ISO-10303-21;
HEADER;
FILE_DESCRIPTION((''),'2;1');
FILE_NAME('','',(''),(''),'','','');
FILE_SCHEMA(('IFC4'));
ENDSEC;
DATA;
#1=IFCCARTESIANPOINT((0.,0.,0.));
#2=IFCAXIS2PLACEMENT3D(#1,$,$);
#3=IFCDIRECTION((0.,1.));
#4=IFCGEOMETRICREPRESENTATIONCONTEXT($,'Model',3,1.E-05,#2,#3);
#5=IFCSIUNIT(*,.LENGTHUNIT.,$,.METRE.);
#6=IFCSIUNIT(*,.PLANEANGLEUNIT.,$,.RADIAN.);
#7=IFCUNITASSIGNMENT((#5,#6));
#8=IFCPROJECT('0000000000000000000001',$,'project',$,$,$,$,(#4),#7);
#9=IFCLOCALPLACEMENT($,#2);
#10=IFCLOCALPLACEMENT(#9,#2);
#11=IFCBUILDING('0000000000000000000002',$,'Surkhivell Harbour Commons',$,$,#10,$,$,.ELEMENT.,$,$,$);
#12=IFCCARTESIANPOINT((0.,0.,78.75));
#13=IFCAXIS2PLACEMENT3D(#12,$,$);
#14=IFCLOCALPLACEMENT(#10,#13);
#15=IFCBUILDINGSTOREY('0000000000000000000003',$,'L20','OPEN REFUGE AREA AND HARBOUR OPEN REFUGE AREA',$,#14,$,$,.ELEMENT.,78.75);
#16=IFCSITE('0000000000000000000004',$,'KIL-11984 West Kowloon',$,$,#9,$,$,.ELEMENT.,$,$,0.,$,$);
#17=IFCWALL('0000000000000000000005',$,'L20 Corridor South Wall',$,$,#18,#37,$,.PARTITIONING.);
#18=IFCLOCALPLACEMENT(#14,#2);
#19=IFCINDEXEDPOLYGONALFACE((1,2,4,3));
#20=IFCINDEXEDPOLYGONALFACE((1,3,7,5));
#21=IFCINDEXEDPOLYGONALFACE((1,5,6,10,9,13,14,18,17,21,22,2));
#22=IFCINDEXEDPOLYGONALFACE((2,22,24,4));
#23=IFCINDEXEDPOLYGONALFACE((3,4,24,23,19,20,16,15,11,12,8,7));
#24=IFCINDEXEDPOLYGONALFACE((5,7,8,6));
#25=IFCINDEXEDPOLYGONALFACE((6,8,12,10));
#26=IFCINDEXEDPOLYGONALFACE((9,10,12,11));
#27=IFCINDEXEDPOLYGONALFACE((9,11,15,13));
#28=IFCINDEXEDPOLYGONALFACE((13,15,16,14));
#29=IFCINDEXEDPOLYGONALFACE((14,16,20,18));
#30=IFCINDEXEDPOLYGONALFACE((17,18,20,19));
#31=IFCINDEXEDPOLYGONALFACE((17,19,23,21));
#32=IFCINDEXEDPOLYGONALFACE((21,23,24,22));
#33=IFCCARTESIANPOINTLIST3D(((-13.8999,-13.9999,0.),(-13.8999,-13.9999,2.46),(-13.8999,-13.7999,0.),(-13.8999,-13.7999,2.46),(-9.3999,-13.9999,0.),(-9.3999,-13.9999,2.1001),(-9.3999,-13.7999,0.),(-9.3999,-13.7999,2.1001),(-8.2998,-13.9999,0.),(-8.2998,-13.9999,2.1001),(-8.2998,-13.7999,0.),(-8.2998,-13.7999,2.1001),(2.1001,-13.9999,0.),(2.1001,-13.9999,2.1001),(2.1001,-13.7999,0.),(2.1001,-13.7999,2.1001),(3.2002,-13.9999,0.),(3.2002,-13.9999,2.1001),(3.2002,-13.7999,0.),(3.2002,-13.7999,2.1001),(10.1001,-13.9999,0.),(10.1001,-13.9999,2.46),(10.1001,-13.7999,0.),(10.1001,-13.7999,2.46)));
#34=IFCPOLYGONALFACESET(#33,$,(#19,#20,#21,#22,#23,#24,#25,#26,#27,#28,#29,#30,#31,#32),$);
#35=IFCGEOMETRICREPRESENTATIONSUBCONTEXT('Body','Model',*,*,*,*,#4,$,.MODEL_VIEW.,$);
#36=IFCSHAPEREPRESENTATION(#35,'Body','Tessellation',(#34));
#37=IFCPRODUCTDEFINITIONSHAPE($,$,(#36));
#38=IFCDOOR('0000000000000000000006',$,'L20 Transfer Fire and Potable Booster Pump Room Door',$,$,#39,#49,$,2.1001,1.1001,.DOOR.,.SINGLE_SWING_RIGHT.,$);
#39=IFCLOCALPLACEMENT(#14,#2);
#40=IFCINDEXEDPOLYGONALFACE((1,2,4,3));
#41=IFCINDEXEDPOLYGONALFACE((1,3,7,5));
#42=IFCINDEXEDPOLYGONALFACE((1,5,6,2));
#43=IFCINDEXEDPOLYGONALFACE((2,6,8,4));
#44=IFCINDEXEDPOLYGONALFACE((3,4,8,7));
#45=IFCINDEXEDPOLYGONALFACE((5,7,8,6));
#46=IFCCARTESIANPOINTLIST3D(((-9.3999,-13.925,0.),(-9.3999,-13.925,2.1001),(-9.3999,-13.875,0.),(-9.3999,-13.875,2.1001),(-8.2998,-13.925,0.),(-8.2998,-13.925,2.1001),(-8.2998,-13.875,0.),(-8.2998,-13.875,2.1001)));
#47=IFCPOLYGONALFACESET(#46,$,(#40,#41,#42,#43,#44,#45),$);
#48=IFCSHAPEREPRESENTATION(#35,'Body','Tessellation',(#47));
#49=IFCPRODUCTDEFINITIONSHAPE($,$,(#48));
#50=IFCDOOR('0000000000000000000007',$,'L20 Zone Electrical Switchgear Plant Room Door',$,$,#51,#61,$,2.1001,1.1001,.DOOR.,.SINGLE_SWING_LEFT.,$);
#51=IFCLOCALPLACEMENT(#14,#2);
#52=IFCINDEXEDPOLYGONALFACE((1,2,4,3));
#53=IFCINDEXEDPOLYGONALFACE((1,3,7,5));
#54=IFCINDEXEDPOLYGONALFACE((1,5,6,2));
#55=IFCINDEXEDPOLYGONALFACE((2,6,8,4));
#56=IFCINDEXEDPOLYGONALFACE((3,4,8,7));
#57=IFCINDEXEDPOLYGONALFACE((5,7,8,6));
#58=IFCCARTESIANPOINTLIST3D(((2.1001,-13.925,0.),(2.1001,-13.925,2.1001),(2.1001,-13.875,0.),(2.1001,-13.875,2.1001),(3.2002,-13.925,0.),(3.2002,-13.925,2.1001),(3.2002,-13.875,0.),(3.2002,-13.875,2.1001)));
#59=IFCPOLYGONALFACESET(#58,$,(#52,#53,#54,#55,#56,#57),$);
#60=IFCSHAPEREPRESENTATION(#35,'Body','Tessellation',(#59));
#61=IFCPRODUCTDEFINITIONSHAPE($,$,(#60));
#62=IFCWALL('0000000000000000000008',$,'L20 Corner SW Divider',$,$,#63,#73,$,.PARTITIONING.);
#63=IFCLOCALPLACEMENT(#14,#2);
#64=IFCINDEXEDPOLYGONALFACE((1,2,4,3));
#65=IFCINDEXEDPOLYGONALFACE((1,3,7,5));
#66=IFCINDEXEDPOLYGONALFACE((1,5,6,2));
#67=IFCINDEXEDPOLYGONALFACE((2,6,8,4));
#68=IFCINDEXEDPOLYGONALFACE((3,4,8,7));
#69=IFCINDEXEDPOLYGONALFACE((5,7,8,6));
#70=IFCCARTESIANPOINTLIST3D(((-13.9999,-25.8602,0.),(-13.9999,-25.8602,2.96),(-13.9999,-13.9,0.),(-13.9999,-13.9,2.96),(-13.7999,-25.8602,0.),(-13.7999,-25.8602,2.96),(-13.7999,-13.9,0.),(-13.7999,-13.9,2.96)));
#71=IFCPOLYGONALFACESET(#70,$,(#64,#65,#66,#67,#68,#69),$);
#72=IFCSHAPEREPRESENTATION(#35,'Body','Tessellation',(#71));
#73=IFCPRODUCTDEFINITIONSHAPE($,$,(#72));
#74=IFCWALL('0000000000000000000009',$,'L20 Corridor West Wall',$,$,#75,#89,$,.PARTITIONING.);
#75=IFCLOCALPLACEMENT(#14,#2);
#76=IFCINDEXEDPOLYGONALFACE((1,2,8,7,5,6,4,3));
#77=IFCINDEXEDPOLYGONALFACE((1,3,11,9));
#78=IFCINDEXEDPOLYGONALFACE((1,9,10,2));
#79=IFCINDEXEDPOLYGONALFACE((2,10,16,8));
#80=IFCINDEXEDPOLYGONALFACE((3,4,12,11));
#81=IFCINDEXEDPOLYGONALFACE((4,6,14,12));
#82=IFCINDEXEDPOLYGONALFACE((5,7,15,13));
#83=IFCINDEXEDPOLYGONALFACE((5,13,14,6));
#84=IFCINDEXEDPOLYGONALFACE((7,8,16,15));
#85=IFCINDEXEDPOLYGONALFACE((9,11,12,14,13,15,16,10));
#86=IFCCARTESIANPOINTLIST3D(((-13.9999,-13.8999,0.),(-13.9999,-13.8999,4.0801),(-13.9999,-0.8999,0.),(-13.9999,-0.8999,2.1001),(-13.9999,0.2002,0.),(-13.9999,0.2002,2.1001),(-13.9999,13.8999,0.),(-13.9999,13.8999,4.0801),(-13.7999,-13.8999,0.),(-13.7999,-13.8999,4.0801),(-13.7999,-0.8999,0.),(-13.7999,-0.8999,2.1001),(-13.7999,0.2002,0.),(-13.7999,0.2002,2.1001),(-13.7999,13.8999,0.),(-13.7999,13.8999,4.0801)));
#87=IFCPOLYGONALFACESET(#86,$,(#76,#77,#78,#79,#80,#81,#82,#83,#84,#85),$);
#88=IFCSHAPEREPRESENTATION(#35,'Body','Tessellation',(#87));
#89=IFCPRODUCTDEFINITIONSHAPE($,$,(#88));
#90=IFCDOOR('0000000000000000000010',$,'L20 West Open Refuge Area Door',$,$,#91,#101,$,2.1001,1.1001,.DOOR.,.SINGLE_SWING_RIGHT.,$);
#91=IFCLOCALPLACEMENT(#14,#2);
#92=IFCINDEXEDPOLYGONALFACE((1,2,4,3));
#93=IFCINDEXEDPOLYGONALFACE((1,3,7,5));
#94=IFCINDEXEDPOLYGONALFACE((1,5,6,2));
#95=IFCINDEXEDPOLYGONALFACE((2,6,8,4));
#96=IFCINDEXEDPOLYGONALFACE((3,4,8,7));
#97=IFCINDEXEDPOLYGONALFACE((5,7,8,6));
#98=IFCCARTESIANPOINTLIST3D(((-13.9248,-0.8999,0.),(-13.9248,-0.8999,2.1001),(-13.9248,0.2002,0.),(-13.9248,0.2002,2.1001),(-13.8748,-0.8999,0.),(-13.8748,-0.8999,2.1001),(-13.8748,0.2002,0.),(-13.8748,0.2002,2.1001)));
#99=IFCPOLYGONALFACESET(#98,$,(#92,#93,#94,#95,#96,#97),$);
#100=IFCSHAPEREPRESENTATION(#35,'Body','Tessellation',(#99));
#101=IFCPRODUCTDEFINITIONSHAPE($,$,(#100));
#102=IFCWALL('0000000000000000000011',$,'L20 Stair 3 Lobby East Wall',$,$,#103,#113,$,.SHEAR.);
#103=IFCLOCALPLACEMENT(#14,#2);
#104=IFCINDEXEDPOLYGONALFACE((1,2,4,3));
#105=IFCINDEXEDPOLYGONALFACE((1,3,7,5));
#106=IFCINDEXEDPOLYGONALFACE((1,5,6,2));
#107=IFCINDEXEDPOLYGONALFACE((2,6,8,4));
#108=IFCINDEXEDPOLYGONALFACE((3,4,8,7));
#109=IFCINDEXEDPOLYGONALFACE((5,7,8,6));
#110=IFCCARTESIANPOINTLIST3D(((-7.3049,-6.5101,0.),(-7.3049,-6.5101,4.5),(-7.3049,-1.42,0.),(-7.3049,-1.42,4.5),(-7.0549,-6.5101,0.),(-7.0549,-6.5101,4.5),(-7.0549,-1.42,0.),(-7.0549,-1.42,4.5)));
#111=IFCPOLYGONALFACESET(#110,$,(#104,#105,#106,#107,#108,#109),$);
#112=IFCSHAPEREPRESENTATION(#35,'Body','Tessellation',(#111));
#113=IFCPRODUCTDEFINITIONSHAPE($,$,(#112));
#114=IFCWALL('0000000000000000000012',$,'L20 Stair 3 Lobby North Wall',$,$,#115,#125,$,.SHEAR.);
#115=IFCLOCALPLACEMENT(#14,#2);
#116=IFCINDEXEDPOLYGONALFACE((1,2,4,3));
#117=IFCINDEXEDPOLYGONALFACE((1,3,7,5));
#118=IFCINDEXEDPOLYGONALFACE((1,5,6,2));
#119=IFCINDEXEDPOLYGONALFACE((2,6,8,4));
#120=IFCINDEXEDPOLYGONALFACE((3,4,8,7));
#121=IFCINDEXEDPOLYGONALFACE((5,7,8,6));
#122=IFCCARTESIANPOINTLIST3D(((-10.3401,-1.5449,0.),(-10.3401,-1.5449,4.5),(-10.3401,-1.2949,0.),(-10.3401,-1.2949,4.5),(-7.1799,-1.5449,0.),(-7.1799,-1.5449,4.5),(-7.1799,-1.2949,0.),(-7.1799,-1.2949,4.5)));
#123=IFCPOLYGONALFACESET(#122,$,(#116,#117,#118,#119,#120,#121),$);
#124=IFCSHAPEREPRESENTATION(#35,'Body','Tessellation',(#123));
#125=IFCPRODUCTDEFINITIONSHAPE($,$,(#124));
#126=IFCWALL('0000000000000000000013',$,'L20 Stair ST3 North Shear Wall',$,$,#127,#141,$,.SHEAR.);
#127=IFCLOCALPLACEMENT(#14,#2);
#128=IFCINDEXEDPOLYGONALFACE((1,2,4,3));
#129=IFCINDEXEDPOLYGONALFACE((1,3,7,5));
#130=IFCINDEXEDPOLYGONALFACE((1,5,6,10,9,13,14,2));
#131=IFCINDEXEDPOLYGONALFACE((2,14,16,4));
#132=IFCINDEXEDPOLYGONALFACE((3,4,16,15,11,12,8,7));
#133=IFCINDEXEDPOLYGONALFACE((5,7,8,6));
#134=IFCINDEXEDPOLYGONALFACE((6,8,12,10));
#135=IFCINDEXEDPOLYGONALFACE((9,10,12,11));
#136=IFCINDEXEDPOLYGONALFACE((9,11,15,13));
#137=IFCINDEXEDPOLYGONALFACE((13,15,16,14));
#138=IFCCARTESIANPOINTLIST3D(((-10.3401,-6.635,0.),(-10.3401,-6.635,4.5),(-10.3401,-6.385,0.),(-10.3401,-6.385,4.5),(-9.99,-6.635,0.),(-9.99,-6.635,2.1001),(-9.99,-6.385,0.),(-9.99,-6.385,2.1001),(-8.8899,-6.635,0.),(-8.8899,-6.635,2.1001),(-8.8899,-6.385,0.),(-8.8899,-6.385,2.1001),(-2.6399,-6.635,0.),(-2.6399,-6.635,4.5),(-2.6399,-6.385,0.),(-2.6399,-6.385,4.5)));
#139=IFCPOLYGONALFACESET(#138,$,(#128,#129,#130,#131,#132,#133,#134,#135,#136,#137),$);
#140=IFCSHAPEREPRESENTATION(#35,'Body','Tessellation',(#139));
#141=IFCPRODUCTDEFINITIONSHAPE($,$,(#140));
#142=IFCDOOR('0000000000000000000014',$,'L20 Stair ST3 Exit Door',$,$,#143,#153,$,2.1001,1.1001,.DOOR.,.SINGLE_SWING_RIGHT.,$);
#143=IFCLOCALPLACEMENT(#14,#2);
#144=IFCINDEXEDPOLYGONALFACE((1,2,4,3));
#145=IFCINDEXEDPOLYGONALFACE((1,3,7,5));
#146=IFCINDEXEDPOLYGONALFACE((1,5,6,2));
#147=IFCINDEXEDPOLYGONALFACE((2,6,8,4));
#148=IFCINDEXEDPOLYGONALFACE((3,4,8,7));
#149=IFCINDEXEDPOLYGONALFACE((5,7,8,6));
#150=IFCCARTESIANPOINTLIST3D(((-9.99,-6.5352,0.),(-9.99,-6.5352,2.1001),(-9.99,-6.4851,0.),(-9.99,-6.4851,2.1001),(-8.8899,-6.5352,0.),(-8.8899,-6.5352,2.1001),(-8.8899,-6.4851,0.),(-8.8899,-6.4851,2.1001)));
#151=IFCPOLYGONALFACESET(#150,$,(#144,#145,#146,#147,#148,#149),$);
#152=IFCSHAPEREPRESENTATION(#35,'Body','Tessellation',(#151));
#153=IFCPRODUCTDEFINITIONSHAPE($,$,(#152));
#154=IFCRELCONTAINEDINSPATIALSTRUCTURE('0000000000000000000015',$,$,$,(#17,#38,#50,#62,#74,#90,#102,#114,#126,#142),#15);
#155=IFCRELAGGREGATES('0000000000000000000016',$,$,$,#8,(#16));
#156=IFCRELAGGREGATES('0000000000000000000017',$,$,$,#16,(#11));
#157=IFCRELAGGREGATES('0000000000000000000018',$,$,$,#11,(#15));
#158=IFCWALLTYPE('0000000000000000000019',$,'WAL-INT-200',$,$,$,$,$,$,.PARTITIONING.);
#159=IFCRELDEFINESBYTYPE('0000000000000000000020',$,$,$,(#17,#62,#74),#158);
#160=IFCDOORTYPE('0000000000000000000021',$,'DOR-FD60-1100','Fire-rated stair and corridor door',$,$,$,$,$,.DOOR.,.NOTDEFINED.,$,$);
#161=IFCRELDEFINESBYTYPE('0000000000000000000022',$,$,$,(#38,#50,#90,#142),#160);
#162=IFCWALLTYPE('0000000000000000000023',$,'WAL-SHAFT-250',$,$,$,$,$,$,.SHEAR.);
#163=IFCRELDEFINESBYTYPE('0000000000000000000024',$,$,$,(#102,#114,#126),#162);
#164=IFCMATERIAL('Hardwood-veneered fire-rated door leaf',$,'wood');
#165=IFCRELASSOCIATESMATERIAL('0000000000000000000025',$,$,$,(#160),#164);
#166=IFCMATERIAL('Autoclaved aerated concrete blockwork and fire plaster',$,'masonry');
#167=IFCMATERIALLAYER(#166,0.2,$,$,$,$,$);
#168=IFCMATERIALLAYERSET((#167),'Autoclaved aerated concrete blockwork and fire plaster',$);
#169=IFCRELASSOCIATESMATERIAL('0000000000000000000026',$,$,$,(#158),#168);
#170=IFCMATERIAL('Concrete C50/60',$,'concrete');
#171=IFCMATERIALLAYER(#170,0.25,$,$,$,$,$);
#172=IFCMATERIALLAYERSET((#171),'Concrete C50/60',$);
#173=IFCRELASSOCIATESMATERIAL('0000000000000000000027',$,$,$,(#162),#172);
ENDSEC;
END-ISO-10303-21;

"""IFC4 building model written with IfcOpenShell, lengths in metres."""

from ifc_helpers import new_model, si_unit, direction, frame, frame_2d, origin, place, context, subcontext, project, spatial, rectangle, extrude, material, layer, layer_set, type_object, element, fill, save


model = new_model("IFC4")

# Units and contexts
model_context = context("Model", 3, precision=1e-05, world=origin(), true_north=direction((0.0, 1.0)))
body_context = subcontext(model_context, "Body", "Model", "MODEL_VIEW")
ifc_project = project(units=[si_unit("LENGTHUNIT", "METRE"), si_unit("PLANEANGLEUNIT", "RADIAN")], contexts=[model_context])

# Site, building, storey
site_placement = place(None, origin())
site = spatial("IfcSite", under=ifc_project, at=site_placement, Name="KIL-11984 West Kowloon", CompositionType="ELEMENT", RefElevation=0.0)
building_placement = place(site_placement, origin())
building = spatial("IfcBuilding", under=site, at=building_placement, Name="Surkhivell Harbour Commons", CompositionType="ELEMENT")
storey_placement = place(building_placement, frame((0.0, 0.0, 78.75)))
storey = spatial("IfcBuildingStorey", under=building, at=storey_placement, Name="L20", Description="OPEN REFUGE AREA AND HARBOUR OPEN REFUGE AREA", CompositionType="ELEMENT", Elevation=78.75)

# Shared definitions
ifc_material_1 = material(Name="Hardwood-veneered fire-rated door leaf", Category="wood")
door_type = type_object("IfcDoorType", Name="DOR-FD60-1100", Description="Fire-rated stair and corridor door", OperationType="NOTDEFINED", PredefinedType="DOOR", material=ifc_material_1)

# Wall, openings, doors
ifc_material_2 = material(Name="Autoclaved aerated concrete blockwork and fire plaster", Category="masonry")
ifc_layer_1 = layer(ifc_material_2, 0.2)
ifc_layer_set_1 = layer_set([ifc_layer_1], Name="Autoclaved aerated concrete blockwork and fire plaster")
wall_type_1 = type_object("IfcWallType", Name="WAL-INT-200", PredefinedType="PARTITIONING", material=ifc_layer_set_1)
wall_1_placement = place(storey_placement, frame((-13.8999, -13.8999, 0.0), z_axis=(0.0, 0.0, 1.0), x_axis=(1.0, 0.0, 0.0)))
wall_1 = element("IfcWall", 1, at=wall_1_placement, inside=storey, type_object=wall_type_1, Name="L20 Corridor South Wall", PredefinedType="PARTITIONING", context=body_context, shape_type="SweptSolid", body=[
    extrude(rectangle(XDim=24.0, YDim=0.2, at=frame_2d((12.0, 0.0))), origin(), (0.0, 0.0, 1.0), 2.46),
])
opening_1_placement = place(wall_1_placement, frame((4.5, 0.0, 0.0)))
opening_1 = element("IfcOpeningElement", 2, at=opening_1_placement, cuts=wall_1, PredefinedType="OPENING", context=body_context, shape_type="SweptSolid", body=[
    extrude(rectangle(XDim=1.1001, YDim=2.1001, at=frame_2d((0.55, 1.05))), frame((0.0, 0.1099, 0.0), z_axis=(0.0, -1.0, 0.0), x_axis=(1.0, 0.0, 0.0)), (0.0, 0.0, 1.0), 0.22),
])
opening_2_placement = place(wall_1_placement, frame((16.0, 0.0, 0.0)))
opening_2 = element("IfcOpeningElement", 3, at=opening_2_placement, cuts=wall_1, PredefinedType="OPENING", context=body_context, shape_type="SweptSolid", body=[
    extrude(rectangle(XDim=1.1001, YDim=2.1001, at=frame_2d((0.55, 1.05))), frame((0.0, 0.1099, 0.0), z_axis=(0.0, -1.0, 0.0), x_axis=(1.0, 0.0, 0.0)), (0.0, 0.0, 1.0), 0.22),
])
door_1_placement = place(opening_1_placement, origin())
door_1 = element("IfcDoor", 4, at=door_1_placement, inside=storey, type_object=door_type, Name="L20 Transfer Fire and Potable Booster Pump Room Door", OperationType="SINGLE_SWING_RIGHT", OverallHeight=2.1001, OverallWidth=1.1001, PredefinedType="DOOR", context=body_context, shape_type="SweptSolid", body=[
    extrude(rectangle(XDim=1.1001, YDim=2.1001, at=frame_2d((0.55, 1.05))), frame((0.0, 0.0249, 0.0), z_axis=(0.0, -1.0, 0.0), x_axis=(1.0, 0.0, 0.0)), (0.0, 0.0, 1.0), 0.05),
])
fill(opening_1, door_1)
door_2_placement = place(opening_2_placement, origin())
door_2 = element("IfcDoor", 5, at=door_2_placement, inside=storey, type_object=door_type, Name="L20 Zone Electrical Switchgear Plant Room Door", OperationType="SINGLE_SWING_LEFT", OverallHeight=2.1001, OverallWidth=1.1001, PredefinedType="DOOR", context=body_context, shape_type="SweptSolid", body=[
    extrude(rectangle(XDim=1.1001, YDim=2.1001, at=frame_2d((0.55, 1.05))), frame((0.0, 0.0249, 0.0), z_axis=(0.0, -1.0, 0.0), x_axis=(1.0, 0.0, 0.0)), (0.0, 0.0, 1.0), 0.05),
])
fill(opening_2, door_2)

# Wall
wall_2_placement = place(storey_placement, frame((-13.8999, -25.8601, 0.0), z_axis=(0.0, 0.0, 1.0), x_axis=(0.0, 1.0, 0.0)))
element("IfcWall", 6, at=wall_2_placement, inside=storey, type_object=wall_type_1, Name="L20 Corner SW Divider", PredefinedType="PARTITIONING", context=body_context, shape_type="SweptSolid", body=[
    extrude(rectangle(XDim=11.9602, YDim=0.2, at=frame_2d((5.98, 0.0))), origin(), (0.0, 0.0, 1.0), 2.96),
])

# Wall, opening, door
wall_3_placement = place(storey_placement, frame((-13.8999, -13.8999, 0.0), z_axis=(0.0, 0.0, 1.0), x_axis=(0.0, 1.0, 0.0)))
wall_3 = element("IfcWall", 7, at=wall_3_placement, inside=storey, type_object=wall_type_1, Name="L20 Corridor West Wall", PredefinedType="PARTITIONING", context=body_context, shape_type="SweptSolid", body=[
    extrude(rectangle(XDim=27.7998, YDim=0.2, at=frame_2d((13.8999, 0.0))), origin(), (0.0, 0.0, 1.0), 4.0801),
])
opening_3_placement = place(wall_3_placement, frame((13.0, 0.0, 0.0)))
opening_3 = element("IfcOpeningElement", 8, at=opening_3_placement, cuts=wall_3, PredefinedType="OPENING", context=body_context, shape_type="SweptSolid", body=[
    extrude(rectangle(XDim=1.1001, YDim=2.1001, at=frame_2d((0.55, 1.05))), frame((0.0, 0.1099, 0.0), z_axis=(0.0, -1.0, 0.0), x_axis=(1.0, 0.0, 0.0)), (0.0, 0.0, 1.0), 0.22),
])
door_3_placement = place(opening_3_placement, origin())
door_3 = element("IfcDoor", 9, at=door_3_placement, inside=storey, type_object=door_type, Name="L20 West Open Refuge Area Door", OperationType="SINGLE_SWING_RIGHT", OverallHeight=2.1001, OverallWidth=1.1001, PredefinedType="DOOR", context=body_context, shape_type="SweptSolid", body=[
    extrude(rectangle(XDim=1.1001, YDim=2.1001, at=frame_2d((0.55, 1.05))), frame((0.0, 0.0249, 0.0), z_axis=(0.0, -1.0, 0.0), x_axis=(1.0, 0.0, 0.0)), (0.0, 0.0, 1.0), 0.05),
])
fill(opening_3, door_3)

# Walls
ifc_material_3 = material(Name="Concrete C50/60", Category="concrete")
ifc_layer_2 = layer(ifc_material_3, 0.25)
ifc_layer_set_2 = layer_set([ifc_layer_2], Name="Concrete C50/60")
wall_type_2 = type_object("IfcWallType", Name="WAL-SHAFT-250", PredefinedType="SHEAR", material=ifc_layer_set_2)
wall_4_placement = place(storey_placement, frame((-7.1799, -6.51, 0.0), z_axis=(0.0, 0.0, 1.0), x_axis=(0.0, 1.0, 0.0)))
element("IfcWall", 10, at=wall_4_placement, inside=storey, type_object=wall_type_2, Name="L20 Stair 3 Lobby East Wall", PredefinedType="SHEAR", context=body_context, shape_type="SweptSolid", body=[
    extrude(rectangle(XDim=5.0901, YDim=0.25, at=frame_2d((2.5449, 0.0))), origin(), (0.0, 0.0, 1.0), 4.5),
])
wall_5_placement = place(storey_placement, frame((-10.3401, -1.4199, 0.0), z_axis=(0.0, 0.0, 1.0), x_axis=(1.0, 0.0, 0.0)))
element("IfcWall", 11, at=wall_5_placement, inside=storey, type_object=wall_type_2, Name="L20 Stair 3 Lobby North Wall", PredefinedType="SHEAR", context=body_context, shape_type="SweptSolid", body=[
    extrude(rectangle(XDim=3.1602, YDim=0.25, at=frame_2d((1.5801, 0.0))), origin(), (0.0, 0.0, 1.0), 4.5),
])

# Wall, opening, door
wall_6_placement = place(storey_placement, frame((-10.3401, -6.51, 0.0), z_axis=(0.0, 0.0, 1.0), x_axis=(1.0, 0.0, 0.0)))
wall_6 = element("IfcWall", 12, at=wall_6_placement, inside=storey, type_object=wall_type_2, Name="L20 Stair ST3 North Shear Wall", PredefinedType="SHEAR", context=body_context, shape_type="SweptSolid", body=[
    extrude(rectangle(XDim=7.7002, YDim=0.25, at=frame_2d((3.8501, 0.0))), origin(), (0.0, 0.0, 1.0), 4.5),
])
opening_4_placement = place(wall_6_placement, frame((0.3501, 0.0, 0.0)))
opening_4 = element("IfcOpeningElement", 13, at=opening_4_placement, cuts=wall_6, PredefinedType="OPENING", context=body_context, shape_type="SweptSolid", body=[
    extrude(rectangle(XDim=1.1001, YDim=2.1001, at=frame_2d((0.55, 1.05))), frame((0.0, 0.135, 0.0), z_axis=(0.0, -1.0, 0.0), x_axis=(1.0, 0.0, 0.0)), (0.0, 0.0, 1.0), 0.27),
])
door_4_placement = place(opening_4_placement, origin())
door_4 = element("IfcDoor", 14, at=door_4_placement, inside=storey, type_object=door_type, Name="L20 Stair ST3 Exit Door", OperationType="SINGLE_SWING_RIGHT", OverallHeight=2.1001, OverallWidth=1.1001, PredefinedType="DOOR", context=body_context, shape_type="SweptSolid", body=[
    extrude(rectangle(XDim=1.1001, YDim=2.1001, at=frame_2d((0.55, 1.05))), frame((0.0, 0.0249, 0.0), z_axis=(0.0, -1.0, 0.0), x_axis=(1.0, 0.0, 0.0)), (0.0, 0.0, 1.0), 0.05),
])
fill(opening_4, door_4)

save(model, "model.ifc")
